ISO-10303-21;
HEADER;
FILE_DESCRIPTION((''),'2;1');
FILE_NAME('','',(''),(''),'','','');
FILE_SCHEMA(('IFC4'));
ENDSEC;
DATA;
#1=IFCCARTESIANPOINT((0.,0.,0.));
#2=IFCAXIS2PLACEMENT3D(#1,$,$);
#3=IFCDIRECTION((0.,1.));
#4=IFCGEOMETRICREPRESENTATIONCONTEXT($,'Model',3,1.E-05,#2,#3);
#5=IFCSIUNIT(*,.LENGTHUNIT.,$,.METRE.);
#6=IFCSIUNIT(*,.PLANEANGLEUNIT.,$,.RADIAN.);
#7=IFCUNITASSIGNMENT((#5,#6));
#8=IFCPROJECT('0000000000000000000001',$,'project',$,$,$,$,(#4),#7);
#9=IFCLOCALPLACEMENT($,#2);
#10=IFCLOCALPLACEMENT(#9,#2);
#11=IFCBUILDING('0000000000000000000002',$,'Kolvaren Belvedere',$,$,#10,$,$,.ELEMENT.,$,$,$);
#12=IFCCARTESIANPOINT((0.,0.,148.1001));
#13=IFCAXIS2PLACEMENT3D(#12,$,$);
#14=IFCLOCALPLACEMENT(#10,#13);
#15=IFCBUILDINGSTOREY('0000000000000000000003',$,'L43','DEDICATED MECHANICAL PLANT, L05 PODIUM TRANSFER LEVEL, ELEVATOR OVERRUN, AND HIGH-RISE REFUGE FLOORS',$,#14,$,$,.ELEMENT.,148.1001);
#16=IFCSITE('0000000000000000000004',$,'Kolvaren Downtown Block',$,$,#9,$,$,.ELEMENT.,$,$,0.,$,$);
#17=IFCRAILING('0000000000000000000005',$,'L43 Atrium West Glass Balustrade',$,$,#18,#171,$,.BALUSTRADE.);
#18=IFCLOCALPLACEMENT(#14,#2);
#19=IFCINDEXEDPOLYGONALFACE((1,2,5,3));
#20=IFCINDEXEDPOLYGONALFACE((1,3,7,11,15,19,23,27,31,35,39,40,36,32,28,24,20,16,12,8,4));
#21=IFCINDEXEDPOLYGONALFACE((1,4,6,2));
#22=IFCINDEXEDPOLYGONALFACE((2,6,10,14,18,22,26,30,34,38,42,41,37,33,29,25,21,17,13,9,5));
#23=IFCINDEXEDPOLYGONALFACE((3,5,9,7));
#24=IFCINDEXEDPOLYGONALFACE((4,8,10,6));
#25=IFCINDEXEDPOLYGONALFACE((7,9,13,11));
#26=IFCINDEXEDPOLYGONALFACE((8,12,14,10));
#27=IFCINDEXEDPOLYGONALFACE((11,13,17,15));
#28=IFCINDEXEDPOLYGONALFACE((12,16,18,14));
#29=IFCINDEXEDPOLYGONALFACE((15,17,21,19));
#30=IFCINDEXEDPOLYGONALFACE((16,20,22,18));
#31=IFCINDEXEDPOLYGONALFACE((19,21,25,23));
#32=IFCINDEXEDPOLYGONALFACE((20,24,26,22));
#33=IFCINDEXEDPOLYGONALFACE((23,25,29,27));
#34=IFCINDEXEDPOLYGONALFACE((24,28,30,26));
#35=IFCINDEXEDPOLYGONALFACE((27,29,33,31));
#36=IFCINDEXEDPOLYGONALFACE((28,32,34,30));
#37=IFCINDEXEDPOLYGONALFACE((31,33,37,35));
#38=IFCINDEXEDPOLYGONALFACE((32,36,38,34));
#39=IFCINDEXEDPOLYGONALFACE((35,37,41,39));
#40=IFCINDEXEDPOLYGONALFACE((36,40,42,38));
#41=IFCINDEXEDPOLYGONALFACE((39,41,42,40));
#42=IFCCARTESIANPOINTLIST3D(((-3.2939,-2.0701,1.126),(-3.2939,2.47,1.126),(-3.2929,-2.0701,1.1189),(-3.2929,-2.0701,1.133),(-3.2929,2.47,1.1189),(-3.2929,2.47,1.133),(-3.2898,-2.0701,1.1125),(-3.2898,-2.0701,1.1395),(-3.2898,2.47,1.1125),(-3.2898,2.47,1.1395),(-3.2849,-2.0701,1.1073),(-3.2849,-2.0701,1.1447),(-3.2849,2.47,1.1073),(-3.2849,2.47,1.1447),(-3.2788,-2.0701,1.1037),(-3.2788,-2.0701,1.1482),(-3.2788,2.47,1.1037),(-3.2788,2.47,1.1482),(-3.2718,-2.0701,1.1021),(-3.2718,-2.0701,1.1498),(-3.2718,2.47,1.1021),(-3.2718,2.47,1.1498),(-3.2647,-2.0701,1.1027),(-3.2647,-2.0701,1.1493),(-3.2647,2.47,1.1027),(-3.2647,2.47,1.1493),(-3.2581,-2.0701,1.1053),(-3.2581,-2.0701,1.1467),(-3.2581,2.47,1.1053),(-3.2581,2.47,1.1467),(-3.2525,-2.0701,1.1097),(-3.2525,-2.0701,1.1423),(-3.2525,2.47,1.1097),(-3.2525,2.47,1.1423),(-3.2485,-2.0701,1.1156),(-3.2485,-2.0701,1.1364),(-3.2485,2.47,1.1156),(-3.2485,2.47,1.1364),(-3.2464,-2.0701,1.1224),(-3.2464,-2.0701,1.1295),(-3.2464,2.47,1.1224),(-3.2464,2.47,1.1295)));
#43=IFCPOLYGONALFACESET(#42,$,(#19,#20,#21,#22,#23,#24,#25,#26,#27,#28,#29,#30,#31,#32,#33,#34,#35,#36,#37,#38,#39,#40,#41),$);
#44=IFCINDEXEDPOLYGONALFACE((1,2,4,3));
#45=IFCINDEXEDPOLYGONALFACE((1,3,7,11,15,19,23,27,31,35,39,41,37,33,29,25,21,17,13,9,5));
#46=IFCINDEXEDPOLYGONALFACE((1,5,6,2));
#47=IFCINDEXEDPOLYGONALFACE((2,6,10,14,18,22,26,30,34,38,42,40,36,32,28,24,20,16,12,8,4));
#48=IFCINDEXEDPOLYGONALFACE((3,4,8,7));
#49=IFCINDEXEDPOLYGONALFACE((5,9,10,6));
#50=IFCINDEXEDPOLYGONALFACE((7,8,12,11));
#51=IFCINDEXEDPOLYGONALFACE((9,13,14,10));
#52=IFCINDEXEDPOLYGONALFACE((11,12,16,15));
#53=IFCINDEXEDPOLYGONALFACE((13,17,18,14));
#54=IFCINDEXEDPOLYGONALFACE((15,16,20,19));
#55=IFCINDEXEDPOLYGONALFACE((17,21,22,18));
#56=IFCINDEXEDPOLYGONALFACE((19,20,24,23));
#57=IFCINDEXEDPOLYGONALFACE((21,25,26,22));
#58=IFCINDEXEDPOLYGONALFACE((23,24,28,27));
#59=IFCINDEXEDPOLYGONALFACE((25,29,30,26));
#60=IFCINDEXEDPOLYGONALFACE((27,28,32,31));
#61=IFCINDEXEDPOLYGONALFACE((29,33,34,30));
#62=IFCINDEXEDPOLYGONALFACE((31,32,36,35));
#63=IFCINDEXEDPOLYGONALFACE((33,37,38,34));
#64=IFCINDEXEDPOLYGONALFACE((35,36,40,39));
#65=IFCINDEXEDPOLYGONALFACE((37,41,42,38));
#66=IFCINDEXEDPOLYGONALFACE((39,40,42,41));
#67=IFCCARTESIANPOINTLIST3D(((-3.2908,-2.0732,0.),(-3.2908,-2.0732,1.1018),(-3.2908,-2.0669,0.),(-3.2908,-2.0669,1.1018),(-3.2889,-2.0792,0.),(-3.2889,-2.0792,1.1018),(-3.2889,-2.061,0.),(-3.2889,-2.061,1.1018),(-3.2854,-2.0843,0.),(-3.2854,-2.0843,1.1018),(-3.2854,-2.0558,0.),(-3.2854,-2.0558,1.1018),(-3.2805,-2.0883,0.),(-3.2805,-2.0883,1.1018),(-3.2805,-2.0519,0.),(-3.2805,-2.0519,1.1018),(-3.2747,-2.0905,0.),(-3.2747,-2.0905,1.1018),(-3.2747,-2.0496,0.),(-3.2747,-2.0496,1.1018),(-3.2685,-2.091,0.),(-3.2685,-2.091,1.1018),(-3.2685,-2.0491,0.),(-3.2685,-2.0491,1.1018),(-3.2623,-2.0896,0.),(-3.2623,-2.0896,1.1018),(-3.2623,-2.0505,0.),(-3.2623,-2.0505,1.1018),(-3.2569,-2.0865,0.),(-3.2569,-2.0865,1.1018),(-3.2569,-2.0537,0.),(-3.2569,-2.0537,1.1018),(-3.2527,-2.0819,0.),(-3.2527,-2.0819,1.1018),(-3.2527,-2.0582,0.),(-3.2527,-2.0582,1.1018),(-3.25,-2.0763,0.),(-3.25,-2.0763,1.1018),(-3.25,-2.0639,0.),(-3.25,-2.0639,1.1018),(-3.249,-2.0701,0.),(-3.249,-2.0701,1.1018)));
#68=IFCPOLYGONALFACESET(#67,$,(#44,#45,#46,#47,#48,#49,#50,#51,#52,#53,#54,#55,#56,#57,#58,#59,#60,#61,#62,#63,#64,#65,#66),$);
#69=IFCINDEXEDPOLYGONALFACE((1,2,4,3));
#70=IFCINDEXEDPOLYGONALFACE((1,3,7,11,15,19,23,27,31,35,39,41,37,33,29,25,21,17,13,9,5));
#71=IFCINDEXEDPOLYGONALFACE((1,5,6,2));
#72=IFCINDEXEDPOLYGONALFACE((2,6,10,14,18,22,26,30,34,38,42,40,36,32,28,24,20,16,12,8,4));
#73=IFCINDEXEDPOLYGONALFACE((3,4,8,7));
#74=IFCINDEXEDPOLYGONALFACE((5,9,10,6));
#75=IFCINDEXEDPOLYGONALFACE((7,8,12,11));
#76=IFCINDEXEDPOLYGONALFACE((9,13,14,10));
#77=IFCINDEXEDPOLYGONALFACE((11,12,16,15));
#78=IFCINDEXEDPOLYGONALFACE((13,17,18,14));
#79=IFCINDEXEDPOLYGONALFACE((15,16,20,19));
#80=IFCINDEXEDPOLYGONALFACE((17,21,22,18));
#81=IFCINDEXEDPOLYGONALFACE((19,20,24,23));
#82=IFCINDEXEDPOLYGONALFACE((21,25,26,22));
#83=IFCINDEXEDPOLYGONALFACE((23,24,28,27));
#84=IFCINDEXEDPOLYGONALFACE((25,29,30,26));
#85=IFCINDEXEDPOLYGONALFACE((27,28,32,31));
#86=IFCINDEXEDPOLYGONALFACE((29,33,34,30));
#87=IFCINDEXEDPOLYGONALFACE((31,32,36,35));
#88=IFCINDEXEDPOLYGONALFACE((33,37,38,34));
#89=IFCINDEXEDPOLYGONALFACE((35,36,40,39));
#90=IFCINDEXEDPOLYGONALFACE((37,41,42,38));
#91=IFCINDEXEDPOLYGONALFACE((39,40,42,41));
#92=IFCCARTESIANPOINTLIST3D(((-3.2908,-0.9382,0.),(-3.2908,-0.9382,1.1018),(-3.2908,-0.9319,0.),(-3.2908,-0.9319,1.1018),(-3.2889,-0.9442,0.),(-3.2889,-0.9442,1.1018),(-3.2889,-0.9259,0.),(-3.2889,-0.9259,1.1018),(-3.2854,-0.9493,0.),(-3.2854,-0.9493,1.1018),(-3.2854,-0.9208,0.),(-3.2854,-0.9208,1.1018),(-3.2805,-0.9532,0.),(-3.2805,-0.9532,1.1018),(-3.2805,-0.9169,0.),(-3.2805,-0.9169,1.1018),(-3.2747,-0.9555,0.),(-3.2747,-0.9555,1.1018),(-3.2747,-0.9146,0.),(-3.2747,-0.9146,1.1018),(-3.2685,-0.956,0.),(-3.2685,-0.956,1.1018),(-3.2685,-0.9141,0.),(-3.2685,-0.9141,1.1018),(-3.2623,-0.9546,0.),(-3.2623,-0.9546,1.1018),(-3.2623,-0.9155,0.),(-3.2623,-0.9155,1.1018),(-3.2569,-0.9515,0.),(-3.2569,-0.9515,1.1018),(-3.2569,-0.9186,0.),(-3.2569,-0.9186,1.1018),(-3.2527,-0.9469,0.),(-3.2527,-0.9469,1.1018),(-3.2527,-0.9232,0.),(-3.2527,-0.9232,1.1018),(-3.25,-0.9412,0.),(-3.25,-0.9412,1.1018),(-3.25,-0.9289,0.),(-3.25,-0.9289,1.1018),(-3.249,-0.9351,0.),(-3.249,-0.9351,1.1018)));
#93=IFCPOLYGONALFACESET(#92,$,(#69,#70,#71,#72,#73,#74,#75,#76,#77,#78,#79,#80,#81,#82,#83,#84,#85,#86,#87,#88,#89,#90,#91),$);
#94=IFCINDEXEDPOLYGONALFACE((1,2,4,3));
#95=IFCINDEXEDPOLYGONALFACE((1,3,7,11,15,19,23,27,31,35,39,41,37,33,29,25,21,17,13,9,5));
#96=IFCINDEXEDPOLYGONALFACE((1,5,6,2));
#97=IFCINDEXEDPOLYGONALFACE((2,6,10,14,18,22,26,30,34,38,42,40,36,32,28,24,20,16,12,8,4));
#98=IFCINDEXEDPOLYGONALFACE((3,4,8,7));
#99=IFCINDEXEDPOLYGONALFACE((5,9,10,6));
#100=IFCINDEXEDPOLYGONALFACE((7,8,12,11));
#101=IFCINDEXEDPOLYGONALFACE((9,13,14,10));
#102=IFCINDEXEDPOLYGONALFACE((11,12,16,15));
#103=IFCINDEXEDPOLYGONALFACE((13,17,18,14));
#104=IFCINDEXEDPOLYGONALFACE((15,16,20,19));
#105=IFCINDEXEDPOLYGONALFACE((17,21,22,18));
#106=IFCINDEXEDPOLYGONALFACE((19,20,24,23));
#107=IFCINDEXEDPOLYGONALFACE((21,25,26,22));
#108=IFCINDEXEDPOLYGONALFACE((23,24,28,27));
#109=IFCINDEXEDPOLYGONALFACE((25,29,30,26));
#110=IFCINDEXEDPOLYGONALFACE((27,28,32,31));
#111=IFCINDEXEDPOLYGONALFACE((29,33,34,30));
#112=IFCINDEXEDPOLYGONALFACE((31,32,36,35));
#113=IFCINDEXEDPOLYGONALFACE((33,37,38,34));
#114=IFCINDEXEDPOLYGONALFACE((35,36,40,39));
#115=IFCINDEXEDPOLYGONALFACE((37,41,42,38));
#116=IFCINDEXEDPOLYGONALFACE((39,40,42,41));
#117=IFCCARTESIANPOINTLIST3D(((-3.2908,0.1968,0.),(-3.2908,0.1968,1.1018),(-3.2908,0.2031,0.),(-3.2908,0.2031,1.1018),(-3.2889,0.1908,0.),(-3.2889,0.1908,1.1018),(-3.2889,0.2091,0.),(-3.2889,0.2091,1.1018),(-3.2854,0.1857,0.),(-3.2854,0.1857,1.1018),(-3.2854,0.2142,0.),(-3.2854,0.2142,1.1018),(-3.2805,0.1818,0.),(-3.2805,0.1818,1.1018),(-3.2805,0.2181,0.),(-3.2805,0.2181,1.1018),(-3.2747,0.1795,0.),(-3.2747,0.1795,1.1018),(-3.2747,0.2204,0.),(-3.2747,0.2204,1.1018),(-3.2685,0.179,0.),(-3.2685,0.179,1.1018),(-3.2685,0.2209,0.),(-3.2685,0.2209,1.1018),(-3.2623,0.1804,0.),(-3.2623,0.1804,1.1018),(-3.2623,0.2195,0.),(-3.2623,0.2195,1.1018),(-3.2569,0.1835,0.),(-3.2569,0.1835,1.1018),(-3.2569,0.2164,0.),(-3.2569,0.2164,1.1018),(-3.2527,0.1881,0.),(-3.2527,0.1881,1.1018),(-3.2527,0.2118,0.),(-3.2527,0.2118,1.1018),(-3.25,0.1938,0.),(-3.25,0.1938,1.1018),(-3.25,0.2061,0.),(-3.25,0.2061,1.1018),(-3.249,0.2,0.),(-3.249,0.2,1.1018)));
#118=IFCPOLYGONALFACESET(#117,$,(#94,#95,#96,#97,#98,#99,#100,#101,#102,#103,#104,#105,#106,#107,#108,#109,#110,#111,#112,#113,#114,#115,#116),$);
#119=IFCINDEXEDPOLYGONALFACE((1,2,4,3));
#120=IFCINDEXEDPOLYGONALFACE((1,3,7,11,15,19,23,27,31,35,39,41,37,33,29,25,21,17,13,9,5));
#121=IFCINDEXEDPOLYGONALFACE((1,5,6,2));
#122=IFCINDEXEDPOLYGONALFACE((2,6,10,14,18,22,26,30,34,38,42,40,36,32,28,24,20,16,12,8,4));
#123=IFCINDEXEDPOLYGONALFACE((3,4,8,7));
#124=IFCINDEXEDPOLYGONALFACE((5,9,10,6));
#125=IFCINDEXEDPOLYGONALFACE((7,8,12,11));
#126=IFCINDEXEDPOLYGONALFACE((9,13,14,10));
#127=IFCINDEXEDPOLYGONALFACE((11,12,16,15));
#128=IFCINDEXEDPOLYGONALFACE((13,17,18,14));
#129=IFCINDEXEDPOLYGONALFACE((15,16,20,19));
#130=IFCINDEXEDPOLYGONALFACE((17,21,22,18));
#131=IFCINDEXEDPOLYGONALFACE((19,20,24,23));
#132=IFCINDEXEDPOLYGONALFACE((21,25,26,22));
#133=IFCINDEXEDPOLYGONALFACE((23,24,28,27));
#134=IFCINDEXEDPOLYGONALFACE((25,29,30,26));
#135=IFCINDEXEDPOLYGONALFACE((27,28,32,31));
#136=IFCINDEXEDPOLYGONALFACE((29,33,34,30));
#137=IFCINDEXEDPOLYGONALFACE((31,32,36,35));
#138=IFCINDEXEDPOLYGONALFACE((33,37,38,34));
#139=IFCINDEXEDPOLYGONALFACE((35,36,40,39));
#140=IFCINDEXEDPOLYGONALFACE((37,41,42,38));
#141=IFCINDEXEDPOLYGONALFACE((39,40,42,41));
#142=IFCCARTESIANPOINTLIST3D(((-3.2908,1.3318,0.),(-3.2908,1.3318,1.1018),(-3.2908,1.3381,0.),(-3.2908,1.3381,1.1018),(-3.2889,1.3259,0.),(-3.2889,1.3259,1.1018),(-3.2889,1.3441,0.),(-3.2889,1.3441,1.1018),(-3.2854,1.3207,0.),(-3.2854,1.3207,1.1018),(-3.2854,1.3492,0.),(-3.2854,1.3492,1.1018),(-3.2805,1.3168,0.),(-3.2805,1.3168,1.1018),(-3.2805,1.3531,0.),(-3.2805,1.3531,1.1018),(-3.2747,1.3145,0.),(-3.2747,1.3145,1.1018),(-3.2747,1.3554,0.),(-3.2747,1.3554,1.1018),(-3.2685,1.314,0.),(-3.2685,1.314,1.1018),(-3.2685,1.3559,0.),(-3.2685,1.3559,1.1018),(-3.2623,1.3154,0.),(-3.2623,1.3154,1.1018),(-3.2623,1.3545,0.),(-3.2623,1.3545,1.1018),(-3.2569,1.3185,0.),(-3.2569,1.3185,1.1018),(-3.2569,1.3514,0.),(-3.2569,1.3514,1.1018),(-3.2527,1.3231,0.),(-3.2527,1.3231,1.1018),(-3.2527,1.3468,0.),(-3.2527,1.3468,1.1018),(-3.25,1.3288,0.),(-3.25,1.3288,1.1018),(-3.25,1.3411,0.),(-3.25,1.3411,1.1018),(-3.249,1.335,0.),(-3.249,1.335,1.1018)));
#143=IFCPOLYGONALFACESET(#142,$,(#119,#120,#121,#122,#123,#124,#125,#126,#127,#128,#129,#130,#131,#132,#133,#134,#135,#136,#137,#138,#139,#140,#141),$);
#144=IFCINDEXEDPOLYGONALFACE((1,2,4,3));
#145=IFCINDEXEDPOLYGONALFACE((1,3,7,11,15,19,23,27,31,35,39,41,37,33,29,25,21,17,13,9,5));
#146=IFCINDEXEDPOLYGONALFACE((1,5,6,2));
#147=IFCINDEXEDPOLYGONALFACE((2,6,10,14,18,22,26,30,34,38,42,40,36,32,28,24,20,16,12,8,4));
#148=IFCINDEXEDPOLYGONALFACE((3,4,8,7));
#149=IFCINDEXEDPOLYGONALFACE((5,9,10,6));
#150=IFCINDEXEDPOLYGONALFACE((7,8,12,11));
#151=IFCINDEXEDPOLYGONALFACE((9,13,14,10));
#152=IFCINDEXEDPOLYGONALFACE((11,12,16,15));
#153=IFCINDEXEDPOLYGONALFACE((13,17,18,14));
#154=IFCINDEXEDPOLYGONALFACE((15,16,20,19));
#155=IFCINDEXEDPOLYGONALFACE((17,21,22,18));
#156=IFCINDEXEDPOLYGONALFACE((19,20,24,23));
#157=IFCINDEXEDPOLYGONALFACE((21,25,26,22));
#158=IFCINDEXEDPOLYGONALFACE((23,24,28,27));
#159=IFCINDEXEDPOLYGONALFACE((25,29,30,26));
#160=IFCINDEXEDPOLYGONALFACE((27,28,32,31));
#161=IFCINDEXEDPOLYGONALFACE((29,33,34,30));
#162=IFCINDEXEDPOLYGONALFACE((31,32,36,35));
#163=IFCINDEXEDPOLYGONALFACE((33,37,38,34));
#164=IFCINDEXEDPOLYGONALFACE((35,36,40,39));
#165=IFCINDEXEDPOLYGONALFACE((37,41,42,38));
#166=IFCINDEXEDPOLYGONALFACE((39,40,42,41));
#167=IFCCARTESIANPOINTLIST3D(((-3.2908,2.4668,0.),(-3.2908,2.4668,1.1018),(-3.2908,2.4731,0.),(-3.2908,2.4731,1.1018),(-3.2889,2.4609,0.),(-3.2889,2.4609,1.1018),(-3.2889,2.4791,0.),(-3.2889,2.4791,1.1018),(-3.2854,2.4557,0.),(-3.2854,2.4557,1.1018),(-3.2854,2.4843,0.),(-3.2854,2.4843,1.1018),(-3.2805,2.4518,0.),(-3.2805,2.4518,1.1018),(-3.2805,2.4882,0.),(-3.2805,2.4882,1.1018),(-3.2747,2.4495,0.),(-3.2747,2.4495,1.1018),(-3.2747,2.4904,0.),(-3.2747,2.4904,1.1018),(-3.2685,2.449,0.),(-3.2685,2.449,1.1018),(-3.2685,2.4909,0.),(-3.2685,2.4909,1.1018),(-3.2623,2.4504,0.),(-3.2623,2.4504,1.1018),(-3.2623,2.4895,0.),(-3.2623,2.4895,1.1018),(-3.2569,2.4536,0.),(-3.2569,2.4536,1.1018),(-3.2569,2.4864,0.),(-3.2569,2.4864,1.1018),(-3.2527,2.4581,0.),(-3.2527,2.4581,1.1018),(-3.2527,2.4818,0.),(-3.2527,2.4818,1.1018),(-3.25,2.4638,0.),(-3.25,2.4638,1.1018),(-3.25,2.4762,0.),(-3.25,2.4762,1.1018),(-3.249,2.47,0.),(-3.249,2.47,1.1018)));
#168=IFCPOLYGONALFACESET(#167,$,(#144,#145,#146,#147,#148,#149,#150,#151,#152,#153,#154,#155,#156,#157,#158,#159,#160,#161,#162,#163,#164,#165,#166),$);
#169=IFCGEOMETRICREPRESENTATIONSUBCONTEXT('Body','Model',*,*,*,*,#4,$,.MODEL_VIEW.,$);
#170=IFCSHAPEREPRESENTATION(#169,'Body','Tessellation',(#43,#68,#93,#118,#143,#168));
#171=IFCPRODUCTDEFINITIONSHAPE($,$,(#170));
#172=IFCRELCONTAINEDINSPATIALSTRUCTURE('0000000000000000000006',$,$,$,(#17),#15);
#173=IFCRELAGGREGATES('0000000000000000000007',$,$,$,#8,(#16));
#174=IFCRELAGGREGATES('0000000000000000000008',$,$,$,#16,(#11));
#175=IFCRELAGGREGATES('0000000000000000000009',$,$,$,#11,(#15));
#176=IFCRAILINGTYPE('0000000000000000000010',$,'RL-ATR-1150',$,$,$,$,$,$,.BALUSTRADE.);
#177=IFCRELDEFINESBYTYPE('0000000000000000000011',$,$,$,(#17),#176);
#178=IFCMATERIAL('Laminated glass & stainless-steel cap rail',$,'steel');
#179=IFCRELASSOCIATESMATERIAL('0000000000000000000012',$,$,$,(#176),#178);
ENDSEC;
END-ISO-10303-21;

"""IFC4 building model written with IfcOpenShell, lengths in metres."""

from ifc_helpers import new_model, si_unit, direction, frame, origin, origin_2d, place, context, subcontext, project, spatial, circle, extrude, material, type_object, element, save


model = new_model("IFC4")

# Units and contexts
model_context = context("Model", 3, precision=1e-05, world=origin(), true_north=direction((0.0, 1.0)))
body_context = subcontext(model_context, "Body", "Model", "MODEL_VIEW")
ifc_project = project(units=[si_unit("LENGTHUNIT", "METRE"), si_unit("PLANEANGLEUNIT", "RADIAN")], contexts=[model_context])

# Site, building, storey
site_placement = place(None, origin())
site = spatial("IfcSite", under=ifc_project, at=site_placement, Name="Kolvaren Downtown Block", CompositionType="ELEMENT", RefElevation=0.0)
building_placement = place(site_placement, origin())
building = spatial("IfcBuilding", under=site, at=building_placement, Name="Kolvaren Belvedere", CompositionType="ELEMENT")
storey_placement = place(building_placement, frame((0.0, 0.0, 148.1001)))
storey = spatial("IfcBuildingStorey", under=building, at=storey_placement, Name="L43", Description="DEDICATED MECHANICAL PLANT, L05 PODIUM TRANSFER LEVEL, ELEVATOR OVERRUN, AND HIGH-RISE REFUGE FLOORS", CompositionType="ELEMENT", Elevation=148.1001)

# Railing
ifc_material_1 = material(Name="Laminated glass & stainless-steel cap rail", Category="steel")
railing_type_1 = type_object("IfcRailingType", Name="RL-ATR-1150", PredefinedType="BALUSTRADE", material=ifc_material_1)
railing_1_placement = place(storey_placement, frame((-3.27, -2.0701, 0.0)))
element("IfcRailing", 1, at=railing_1_placement, inside=storey, type_object=railing_type_1, Name="L43 Atrium West Glass Balustrade", PredefinedType="BALUSTRADE", context=body_context, shape_type="SweptSolid", body=[
    extrude(circle(Radius=0.0239, at=origin_2d()), frame((0.0, 0.0, 1.126), z_axis=(0.0, 1.0, 0.0), x_axis=(-1.0, 0.0, 0.0)), (0.0, 0.0, 1.0), 4.54),
    extrude(circle(Radius=0.021, at=origin_2d()), origin(), (0.0, 0.0, 1.0), 1.1018),
    extrude(circle(Radius=0.021, at=origin_2d()), frame((0.0, 1.135, 0.0)), (0.0, 0.0, 1.0), 1.1018),
    extrude(circle(Radius=0.021, at=origin_2d()), frame((0.0, 2.27, 0.0)), (0.0, 0.0, 1.0), 1.1018),
    extrude(circle(Radius=0.021, at=origin_2d()), frame((0.0, 3.405, 0.0)), (0.0, 0.0, 1.0), 1.1018),
    extrude(circle(Radius=0.021, at=origin_2d()), frame((0.0, 4.54, 0.0)), (0.0, 0.0, 1.0), 1.1018),
])

save(model, "model.ifc")
